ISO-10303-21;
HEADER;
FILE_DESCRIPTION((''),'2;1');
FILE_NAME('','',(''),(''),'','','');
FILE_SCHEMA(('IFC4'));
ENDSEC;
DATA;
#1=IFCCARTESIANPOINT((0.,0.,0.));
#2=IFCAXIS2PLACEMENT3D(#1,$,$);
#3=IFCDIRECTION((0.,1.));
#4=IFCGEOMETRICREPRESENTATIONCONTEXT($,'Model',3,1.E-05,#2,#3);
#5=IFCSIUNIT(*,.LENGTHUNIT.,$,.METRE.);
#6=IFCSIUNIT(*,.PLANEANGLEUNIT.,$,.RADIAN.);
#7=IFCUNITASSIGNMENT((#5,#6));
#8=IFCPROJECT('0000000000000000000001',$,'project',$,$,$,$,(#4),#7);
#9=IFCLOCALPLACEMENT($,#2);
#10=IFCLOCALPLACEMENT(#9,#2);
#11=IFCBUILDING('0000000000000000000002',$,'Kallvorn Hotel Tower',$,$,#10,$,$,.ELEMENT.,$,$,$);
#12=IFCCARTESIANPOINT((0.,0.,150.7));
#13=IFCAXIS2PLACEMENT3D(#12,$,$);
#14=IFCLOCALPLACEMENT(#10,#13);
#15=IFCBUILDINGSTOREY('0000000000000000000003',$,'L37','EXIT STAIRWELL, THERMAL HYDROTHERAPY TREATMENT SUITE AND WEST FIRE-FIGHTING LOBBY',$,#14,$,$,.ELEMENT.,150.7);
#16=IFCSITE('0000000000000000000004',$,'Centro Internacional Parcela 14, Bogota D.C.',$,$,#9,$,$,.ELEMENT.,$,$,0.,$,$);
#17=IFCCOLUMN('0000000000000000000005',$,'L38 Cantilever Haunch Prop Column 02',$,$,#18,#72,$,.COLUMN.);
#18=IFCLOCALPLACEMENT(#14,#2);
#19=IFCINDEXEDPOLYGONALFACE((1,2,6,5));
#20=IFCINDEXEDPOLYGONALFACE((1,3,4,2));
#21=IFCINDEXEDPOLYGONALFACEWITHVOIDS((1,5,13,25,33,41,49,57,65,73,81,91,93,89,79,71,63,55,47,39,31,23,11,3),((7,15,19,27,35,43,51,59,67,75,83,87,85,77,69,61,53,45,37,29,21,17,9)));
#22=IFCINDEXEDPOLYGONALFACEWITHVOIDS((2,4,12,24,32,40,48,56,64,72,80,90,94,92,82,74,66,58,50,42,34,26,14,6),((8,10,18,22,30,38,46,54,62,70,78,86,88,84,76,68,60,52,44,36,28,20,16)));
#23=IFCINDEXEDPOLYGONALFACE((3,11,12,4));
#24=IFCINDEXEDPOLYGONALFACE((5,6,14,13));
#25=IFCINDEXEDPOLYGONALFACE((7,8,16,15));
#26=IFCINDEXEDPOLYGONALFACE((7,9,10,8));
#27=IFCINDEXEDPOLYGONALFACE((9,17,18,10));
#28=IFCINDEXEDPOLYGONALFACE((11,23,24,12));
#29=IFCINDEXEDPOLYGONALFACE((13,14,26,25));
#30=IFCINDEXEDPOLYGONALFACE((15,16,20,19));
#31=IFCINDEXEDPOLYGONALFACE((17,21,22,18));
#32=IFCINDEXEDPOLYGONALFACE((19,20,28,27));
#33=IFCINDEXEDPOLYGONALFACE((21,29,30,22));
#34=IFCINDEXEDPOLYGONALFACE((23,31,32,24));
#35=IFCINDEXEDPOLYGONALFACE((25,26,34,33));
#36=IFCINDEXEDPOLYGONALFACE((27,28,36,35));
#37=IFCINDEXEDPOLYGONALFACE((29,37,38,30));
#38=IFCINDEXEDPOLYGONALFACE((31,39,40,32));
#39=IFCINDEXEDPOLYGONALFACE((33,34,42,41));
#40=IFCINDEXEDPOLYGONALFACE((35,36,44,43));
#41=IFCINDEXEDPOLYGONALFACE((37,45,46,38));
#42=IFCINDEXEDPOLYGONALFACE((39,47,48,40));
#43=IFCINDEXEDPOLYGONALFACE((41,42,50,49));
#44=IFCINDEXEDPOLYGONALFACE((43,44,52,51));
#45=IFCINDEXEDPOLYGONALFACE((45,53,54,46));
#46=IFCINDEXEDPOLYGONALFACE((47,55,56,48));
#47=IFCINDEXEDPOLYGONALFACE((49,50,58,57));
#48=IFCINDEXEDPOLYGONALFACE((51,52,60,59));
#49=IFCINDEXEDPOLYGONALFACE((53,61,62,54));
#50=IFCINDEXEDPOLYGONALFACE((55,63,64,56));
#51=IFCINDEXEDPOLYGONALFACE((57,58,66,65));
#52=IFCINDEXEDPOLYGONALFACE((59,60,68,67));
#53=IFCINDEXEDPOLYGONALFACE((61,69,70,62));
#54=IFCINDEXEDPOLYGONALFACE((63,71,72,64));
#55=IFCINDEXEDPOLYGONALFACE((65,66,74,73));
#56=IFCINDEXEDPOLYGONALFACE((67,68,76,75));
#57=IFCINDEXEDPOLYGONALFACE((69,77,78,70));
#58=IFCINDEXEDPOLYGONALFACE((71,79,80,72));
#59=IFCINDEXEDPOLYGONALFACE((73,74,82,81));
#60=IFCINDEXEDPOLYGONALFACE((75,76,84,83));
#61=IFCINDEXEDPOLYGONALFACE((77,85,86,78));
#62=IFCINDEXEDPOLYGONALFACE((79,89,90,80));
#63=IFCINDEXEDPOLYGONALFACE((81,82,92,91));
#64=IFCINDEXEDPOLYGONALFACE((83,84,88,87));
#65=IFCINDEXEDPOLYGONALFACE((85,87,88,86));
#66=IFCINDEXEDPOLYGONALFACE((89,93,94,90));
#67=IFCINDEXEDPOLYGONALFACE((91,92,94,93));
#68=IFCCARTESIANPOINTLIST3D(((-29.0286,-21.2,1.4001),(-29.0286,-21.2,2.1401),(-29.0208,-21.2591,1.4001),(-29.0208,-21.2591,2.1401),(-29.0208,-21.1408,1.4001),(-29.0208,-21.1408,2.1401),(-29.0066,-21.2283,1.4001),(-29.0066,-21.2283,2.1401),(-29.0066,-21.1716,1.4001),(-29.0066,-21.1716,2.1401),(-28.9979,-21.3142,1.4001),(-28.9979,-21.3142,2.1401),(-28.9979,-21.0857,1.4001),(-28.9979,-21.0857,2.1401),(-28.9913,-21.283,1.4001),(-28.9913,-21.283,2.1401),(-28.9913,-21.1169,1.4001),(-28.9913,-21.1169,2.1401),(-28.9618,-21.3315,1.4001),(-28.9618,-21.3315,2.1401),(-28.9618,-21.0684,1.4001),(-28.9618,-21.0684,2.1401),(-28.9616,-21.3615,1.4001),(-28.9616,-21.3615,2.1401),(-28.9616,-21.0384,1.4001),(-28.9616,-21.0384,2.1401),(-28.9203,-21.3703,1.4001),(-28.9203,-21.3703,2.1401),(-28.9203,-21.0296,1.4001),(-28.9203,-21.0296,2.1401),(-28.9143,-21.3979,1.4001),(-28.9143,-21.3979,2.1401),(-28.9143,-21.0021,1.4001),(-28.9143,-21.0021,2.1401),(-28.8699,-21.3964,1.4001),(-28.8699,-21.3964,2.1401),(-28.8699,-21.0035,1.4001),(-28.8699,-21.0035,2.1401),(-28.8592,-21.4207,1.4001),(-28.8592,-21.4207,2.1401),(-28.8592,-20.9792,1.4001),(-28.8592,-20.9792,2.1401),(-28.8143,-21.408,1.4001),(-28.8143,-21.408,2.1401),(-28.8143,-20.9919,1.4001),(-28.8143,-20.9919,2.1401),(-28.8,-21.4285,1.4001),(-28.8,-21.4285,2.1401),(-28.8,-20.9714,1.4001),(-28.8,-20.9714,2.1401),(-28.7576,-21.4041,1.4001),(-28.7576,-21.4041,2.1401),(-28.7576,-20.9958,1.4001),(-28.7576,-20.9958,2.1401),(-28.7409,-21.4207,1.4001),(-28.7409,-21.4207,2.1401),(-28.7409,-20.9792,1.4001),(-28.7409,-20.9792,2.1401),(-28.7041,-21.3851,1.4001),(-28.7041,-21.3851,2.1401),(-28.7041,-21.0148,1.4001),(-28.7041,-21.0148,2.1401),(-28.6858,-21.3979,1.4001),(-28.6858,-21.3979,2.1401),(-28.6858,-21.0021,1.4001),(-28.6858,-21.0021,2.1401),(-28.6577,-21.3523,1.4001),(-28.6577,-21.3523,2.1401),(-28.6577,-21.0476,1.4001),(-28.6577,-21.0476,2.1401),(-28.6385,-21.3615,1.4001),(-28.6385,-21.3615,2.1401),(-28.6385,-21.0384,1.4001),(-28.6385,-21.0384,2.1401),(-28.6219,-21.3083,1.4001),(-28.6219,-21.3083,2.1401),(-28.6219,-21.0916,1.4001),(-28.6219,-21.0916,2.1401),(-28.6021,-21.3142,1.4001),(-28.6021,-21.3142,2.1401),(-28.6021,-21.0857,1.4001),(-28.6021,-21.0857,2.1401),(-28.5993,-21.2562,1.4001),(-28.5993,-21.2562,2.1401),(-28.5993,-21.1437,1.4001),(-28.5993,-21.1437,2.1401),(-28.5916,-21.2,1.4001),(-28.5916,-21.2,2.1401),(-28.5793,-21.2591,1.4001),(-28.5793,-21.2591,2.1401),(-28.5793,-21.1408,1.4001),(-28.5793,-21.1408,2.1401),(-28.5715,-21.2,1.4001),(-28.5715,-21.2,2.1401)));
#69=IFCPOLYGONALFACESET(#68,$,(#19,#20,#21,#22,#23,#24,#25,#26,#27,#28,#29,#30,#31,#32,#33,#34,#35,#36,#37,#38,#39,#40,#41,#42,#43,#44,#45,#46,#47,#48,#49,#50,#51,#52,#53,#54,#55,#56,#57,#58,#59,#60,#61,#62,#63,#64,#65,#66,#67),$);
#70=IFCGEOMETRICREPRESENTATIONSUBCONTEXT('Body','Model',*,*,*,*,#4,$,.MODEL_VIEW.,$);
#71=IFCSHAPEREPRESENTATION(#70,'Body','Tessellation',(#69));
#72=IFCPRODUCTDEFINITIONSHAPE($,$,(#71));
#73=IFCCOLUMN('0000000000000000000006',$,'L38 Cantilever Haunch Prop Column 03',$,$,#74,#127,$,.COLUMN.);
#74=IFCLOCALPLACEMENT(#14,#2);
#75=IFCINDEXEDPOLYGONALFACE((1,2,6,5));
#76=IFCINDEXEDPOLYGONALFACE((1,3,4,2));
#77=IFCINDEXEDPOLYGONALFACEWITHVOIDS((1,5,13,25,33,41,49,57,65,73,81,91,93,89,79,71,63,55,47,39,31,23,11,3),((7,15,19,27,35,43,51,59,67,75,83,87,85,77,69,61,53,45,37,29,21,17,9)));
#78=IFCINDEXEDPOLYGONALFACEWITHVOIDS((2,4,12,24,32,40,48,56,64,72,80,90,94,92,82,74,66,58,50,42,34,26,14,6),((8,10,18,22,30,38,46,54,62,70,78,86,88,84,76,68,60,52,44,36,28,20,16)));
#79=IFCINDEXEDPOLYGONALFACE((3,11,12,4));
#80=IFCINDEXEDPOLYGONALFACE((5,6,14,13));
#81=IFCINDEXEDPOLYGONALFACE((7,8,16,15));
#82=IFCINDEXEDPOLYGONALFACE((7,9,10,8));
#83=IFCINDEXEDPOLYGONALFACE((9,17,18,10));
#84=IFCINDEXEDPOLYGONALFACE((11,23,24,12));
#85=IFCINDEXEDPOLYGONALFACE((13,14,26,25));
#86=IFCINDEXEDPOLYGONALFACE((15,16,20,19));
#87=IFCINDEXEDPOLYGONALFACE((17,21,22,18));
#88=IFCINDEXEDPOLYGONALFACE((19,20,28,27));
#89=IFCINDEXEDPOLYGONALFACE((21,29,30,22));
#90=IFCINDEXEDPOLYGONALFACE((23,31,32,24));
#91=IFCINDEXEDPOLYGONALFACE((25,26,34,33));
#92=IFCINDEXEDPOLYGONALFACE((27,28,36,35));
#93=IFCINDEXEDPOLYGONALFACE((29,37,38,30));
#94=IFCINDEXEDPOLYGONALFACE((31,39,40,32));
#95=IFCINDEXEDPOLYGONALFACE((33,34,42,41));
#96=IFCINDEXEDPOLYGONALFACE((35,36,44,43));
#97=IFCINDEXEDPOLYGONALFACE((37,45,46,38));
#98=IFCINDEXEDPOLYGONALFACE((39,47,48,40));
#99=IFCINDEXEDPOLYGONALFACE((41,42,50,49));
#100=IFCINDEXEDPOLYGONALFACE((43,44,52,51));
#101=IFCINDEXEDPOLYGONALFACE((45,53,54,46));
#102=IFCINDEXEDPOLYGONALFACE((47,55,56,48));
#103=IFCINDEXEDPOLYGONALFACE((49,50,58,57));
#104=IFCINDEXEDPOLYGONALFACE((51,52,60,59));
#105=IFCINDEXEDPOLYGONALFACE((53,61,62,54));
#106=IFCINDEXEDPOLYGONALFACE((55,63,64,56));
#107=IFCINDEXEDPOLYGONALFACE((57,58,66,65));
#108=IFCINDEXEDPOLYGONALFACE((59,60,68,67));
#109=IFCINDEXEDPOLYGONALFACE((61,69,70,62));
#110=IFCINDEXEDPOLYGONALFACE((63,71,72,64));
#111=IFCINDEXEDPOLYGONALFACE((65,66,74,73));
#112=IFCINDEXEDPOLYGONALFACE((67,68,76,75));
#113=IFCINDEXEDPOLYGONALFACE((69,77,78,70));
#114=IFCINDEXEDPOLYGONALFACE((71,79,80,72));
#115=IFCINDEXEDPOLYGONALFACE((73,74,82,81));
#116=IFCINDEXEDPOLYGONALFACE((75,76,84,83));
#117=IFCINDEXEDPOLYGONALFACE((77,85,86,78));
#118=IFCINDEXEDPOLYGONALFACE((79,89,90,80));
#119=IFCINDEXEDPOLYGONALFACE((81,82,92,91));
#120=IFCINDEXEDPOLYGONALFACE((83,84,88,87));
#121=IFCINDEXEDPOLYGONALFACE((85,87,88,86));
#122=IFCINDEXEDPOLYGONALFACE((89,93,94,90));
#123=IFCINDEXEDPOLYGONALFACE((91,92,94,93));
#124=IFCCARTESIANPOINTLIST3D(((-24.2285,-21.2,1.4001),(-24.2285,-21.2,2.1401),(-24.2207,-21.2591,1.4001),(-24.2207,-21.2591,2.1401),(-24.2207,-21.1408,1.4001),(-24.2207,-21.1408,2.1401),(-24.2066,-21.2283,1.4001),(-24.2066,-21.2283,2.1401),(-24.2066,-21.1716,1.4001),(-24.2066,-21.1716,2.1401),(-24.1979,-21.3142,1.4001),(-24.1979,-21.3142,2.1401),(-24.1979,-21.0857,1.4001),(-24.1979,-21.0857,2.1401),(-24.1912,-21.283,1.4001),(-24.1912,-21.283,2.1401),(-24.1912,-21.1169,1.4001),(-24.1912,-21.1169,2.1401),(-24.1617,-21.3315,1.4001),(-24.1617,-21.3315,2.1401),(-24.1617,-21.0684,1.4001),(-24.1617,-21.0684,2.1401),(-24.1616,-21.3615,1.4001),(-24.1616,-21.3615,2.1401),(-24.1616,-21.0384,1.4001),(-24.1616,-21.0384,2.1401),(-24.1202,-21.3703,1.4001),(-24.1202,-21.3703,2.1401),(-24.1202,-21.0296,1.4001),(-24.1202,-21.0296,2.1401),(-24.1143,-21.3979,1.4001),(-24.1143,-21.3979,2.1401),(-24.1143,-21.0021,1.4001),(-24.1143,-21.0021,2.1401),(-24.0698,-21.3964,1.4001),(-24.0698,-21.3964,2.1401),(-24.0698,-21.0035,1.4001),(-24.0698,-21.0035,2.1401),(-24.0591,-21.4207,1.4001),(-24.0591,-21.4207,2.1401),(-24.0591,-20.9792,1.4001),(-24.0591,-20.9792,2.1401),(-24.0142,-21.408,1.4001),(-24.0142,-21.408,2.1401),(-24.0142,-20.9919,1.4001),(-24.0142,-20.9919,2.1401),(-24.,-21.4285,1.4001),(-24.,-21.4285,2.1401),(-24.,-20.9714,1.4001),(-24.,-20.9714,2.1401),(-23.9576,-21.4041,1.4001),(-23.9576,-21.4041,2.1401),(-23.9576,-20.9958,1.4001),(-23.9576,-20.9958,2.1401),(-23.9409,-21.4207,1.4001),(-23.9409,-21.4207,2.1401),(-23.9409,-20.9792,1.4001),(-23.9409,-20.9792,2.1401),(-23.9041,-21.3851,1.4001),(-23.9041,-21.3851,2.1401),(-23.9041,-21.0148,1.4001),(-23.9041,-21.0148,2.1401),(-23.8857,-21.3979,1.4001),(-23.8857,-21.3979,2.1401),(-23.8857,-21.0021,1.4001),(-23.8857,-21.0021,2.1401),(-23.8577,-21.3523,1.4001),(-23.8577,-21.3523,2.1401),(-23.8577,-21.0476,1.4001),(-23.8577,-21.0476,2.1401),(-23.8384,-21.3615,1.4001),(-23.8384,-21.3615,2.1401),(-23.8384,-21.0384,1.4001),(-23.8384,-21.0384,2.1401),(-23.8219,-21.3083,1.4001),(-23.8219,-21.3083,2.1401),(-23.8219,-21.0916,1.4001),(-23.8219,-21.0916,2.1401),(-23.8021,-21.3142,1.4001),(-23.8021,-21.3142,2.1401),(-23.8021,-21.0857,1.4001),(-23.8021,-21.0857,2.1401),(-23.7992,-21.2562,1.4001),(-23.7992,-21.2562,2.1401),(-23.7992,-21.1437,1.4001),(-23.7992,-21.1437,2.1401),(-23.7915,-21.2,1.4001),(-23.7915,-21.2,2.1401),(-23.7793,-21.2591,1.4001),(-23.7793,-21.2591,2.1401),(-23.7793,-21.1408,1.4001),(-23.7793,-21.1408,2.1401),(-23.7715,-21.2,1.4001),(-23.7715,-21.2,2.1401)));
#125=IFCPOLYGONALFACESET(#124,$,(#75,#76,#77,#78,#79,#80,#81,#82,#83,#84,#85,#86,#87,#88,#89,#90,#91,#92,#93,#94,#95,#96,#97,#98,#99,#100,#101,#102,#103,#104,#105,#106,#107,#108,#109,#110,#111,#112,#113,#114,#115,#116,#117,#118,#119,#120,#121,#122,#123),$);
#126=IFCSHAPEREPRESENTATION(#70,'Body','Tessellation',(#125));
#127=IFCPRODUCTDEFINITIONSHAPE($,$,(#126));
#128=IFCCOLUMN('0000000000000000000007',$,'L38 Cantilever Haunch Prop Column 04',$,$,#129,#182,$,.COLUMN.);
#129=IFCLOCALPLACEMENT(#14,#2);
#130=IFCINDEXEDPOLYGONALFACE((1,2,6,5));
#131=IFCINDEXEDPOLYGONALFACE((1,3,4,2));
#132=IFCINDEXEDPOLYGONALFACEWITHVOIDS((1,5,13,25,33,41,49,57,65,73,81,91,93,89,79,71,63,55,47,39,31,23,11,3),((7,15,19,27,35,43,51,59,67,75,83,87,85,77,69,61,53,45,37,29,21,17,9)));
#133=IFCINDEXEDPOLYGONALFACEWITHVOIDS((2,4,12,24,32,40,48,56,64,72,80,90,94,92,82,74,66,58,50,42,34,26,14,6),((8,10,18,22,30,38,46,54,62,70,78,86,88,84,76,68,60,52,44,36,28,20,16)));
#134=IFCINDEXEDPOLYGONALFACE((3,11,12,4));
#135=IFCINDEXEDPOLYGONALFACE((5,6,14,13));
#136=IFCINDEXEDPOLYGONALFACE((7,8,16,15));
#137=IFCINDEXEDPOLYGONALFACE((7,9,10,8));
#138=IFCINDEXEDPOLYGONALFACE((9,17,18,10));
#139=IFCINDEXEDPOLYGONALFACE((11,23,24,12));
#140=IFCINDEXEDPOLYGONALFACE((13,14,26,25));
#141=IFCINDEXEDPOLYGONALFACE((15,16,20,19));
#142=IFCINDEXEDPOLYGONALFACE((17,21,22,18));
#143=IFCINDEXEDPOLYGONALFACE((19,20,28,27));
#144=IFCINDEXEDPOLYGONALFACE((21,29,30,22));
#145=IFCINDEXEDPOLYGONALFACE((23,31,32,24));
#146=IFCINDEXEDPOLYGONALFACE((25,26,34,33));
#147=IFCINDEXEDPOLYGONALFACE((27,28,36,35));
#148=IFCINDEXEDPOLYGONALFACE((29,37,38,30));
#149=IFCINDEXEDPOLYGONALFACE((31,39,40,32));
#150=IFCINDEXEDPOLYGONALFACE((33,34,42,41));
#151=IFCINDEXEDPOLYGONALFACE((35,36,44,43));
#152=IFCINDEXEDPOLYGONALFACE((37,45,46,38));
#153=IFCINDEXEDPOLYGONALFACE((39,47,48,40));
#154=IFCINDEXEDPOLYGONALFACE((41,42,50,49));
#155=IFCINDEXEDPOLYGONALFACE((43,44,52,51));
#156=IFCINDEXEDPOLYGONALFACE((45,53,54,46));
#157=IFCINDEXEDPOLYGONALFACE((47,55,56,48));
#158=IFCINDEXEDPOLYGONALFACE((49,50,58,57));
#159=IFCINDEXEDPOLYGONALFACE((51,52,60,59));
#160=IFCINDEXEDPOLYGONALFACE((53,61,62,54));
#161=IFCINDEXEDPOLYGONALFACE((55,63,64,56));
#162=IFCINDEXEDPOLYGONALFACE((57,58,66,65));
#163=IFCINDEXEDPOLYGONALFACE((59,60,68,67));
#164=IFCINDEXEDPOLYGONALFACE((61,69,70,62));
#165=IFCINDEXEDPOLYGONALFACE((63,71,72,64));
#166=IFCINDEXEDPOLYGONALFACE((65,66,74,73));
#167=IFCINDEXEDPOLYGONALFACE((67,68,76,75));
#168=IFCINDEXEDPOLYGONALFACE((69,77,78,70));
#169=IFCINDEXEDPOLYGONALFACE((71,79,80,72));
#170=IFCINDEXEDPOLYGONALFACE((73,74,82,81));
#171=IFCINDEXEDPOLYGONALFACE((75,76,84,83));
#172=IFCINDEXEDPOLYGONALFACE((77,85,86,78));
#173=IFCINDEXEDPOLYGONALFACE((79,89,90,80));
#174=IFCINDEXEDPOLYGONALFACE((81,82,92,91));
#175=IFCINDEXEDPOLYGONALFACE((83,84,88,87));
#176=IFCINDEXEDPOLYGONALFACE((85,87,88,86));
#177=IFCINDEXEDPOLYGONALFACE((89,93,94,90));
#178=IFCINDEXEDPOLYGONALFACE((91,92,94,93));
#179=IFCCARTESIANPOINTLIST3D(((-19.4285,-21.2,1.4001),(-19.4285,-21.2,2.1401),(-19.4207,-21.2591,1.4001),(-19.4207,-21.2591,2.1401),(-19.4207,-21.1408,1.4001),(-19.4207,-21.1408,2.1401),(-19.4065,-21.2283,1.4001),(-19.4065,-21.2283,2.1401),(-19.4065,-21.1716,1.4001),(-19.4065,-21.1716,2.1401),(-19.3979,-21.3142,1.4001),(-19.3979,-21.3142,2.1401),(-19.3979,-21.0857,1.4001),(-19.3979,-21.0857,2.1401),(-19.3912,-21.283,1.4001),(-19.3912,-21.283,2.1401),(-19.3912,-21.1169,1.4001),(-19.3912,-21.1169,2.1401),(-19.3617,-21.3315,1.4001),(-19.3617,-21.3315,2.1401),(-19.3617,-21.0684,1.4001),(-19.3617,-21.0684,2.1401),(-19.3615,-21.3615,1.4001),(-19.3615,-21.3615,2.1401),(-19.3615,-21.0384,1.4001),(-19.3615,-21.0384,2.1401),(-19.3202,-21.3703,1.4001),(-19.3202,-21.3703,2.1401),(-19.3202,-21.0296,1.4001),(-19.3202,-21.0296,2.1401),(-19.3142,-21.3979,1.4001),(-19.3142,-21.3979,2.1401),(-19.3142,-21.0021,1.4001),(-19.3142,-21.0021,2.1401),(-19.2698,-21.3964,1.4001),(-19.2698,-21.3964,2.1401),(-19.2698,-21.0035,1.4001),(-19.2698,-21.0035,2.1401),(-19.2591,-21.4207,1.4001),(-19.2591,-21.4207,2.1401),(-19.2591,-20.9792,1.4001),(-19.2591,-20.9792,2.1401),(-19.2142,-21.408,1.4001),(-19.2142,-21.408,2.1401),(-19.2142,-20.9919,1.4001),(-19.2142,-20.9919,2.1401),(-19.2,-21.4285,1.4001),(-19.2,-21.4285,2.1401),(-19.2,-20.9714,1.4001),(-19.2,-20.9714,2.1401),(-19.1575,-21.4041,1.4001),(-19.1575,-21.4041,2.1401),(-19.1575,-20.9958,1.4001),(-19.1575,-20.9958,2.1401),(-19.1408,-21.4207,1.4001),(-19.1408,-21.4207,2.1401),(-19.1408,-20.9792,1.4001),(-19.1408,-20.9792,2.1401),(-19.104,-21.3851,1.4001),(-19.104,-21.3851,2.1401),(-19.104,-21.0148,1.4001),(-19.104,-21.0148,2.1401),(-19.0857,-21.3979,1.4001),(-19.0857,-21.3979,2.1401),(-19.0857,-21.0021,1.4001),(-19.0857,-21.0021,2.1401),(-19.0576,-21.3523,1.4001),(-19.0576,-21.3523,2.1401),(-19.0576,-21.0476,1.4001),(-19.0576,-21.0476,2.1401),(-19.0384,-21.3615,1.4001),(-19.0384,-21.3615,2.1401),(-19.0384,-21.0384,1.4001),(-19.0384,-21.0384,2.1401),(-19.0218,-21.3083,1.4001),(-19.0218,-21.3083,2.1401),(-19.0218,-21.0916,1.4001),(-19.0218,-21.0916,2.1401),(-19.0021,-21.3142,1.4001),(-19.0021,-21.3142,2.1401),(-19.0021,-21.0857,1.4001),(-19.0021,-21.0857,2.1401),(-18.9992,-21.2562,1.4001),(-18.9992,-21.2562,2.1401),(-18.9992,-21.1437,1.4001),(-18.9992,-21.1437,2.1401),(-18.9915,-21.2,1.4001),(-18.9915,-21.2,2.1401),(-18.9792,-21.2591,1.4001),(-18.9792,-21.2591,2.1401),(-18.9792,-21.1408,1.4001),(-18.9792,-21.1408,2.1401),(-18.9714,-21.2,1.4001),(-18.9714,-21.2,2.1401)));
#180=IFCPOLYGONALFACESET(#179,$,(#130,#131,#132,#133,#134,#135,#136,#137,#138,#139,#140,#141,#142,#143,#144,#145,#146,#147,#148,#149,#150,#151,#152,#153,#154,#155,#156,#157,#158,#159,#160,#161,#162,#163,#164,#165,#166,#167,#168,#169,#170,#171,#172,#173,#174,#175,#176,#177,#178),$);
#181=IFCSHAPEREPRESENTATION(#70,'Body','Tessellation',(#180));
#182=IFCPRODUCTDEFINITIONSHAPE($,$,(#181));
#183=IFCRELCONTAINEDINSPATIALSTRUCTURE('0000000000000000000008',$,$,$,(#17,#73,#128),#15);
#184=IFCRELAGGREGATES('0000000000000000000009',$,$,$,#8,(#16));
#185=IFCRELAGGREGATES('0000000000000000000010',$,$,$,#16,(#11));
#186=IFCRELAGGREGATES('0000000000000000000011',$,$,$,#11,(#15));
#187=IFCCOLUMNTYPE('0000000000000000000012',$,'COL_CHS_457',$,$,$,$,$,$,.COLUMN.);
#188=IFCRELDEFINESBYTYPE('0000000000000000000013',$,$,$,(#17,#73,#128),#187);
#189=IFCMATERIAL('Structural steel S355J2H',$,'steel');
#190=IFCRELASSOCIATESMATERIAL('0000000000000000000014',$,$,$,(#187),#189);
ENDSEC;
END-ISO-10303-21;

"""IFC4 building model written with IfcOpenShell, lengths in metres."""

from ifc_helpers import new_model, si_unit, direction, frame, origin, origin_2d, place, context, subcontext, project, spatial, hollow_circle, extrude, material, material_profile, profile_set, type_object, element, save


model = new_model("IFC4")

# Units and contexts
model_context = context("Model", 3, precision=1e-05, world=origin(), true_north=direction((0.0, 1.0)))
body_context = subcontext(model_context, "Body", "Model", "MODEL_VIEW")
ifc_project = project(units=[si_unit("LENGTHUNIT", "METRE"), si_unit("PLANEANGLEUNIT", "RADIAN")], contexts=[model_context])

# Site, building, storey
site_placement = place(None, origin())
site = spatial("IfcSite", under=ifc_project, at=site_placement, Name="Centro Internacional Parcela 14, Bogota D.C.", CompositionType="ELEMENT", RefElevation=0.0)
building_placement = place(site_placement, origin())
building = spatial("IfcBuilding", under=site, at=building_placement, Name="Kallvorn Hotel Tower", CompositionType="ELEMENT")
storey_placement = place(building_placement, frame((0.0, 0.0, 150.7)))
storey = spatial("IfcBuildingStorey", under=building, at=storey_placement, Name="L37", Description="EXIT STAIRWELL, THERMAL HYDROTHERAPY TREATMENT SUITE AND WEST FIRE-FIGHTING LOBBY", CompositionType="ELEMENT", Elevation=150.7)

# Columns
ifc_material_1 = material(Name="Structural steel S355J2H", Category="steel")
ifc_material_profile_1 = material_profile(ifc_material_1, hollow_circle(Radius=0.2285, WallThickness=0.02, at=origin_2d()), Name="CHS 457x20")
ifc_profile_set_1 = profile_set([ifc_material_profile_1], Name="Structural steel S355J2H")
column_type_1 = type_object("IfcColumnType", Name="COL_CHS_457", PredefinedType="COLUMN", material=ifc_profile_set_1)
for number, where, z_axis, x_axis, name in (
    (1, (-28.8, -21.2, 1.4001), (0.0, 0.0, 1.0), (1.0, 0.0, 0.0), "L38 Cantilever Haunch Prop Column 02"),
    (2, (-24.0, -21.2, 1.4001), (0.0, 0.0, 1.0), (1.0, 0.0, 0.0), "L38 Cantilever Haunch Prop Column 03"),
    (3, (-19.2, -21.2, 1.4001), (0.0, 0.0, 1.0), (1.0, 0.0, 0.0), "L38 Cantilever Haunch Prop Column 04"),
):
    element("IfcColumn", number, at=place(storey_placement, frame(where, z_axis=z_axis, x_axis=x_axis)), inside=storey, type_object=column_type_1, Name=name, PredefinedType="COLUMN", context=body_context, shape_type="SweptSolid", body=[
        extrude(hollow_circle(Radius=0.2285, WallThickness=0.02, at=origin_2d()), origin(), (0.0, 0.0, 1.0), 0.74),
    ])

save(model, "model.ifc")
